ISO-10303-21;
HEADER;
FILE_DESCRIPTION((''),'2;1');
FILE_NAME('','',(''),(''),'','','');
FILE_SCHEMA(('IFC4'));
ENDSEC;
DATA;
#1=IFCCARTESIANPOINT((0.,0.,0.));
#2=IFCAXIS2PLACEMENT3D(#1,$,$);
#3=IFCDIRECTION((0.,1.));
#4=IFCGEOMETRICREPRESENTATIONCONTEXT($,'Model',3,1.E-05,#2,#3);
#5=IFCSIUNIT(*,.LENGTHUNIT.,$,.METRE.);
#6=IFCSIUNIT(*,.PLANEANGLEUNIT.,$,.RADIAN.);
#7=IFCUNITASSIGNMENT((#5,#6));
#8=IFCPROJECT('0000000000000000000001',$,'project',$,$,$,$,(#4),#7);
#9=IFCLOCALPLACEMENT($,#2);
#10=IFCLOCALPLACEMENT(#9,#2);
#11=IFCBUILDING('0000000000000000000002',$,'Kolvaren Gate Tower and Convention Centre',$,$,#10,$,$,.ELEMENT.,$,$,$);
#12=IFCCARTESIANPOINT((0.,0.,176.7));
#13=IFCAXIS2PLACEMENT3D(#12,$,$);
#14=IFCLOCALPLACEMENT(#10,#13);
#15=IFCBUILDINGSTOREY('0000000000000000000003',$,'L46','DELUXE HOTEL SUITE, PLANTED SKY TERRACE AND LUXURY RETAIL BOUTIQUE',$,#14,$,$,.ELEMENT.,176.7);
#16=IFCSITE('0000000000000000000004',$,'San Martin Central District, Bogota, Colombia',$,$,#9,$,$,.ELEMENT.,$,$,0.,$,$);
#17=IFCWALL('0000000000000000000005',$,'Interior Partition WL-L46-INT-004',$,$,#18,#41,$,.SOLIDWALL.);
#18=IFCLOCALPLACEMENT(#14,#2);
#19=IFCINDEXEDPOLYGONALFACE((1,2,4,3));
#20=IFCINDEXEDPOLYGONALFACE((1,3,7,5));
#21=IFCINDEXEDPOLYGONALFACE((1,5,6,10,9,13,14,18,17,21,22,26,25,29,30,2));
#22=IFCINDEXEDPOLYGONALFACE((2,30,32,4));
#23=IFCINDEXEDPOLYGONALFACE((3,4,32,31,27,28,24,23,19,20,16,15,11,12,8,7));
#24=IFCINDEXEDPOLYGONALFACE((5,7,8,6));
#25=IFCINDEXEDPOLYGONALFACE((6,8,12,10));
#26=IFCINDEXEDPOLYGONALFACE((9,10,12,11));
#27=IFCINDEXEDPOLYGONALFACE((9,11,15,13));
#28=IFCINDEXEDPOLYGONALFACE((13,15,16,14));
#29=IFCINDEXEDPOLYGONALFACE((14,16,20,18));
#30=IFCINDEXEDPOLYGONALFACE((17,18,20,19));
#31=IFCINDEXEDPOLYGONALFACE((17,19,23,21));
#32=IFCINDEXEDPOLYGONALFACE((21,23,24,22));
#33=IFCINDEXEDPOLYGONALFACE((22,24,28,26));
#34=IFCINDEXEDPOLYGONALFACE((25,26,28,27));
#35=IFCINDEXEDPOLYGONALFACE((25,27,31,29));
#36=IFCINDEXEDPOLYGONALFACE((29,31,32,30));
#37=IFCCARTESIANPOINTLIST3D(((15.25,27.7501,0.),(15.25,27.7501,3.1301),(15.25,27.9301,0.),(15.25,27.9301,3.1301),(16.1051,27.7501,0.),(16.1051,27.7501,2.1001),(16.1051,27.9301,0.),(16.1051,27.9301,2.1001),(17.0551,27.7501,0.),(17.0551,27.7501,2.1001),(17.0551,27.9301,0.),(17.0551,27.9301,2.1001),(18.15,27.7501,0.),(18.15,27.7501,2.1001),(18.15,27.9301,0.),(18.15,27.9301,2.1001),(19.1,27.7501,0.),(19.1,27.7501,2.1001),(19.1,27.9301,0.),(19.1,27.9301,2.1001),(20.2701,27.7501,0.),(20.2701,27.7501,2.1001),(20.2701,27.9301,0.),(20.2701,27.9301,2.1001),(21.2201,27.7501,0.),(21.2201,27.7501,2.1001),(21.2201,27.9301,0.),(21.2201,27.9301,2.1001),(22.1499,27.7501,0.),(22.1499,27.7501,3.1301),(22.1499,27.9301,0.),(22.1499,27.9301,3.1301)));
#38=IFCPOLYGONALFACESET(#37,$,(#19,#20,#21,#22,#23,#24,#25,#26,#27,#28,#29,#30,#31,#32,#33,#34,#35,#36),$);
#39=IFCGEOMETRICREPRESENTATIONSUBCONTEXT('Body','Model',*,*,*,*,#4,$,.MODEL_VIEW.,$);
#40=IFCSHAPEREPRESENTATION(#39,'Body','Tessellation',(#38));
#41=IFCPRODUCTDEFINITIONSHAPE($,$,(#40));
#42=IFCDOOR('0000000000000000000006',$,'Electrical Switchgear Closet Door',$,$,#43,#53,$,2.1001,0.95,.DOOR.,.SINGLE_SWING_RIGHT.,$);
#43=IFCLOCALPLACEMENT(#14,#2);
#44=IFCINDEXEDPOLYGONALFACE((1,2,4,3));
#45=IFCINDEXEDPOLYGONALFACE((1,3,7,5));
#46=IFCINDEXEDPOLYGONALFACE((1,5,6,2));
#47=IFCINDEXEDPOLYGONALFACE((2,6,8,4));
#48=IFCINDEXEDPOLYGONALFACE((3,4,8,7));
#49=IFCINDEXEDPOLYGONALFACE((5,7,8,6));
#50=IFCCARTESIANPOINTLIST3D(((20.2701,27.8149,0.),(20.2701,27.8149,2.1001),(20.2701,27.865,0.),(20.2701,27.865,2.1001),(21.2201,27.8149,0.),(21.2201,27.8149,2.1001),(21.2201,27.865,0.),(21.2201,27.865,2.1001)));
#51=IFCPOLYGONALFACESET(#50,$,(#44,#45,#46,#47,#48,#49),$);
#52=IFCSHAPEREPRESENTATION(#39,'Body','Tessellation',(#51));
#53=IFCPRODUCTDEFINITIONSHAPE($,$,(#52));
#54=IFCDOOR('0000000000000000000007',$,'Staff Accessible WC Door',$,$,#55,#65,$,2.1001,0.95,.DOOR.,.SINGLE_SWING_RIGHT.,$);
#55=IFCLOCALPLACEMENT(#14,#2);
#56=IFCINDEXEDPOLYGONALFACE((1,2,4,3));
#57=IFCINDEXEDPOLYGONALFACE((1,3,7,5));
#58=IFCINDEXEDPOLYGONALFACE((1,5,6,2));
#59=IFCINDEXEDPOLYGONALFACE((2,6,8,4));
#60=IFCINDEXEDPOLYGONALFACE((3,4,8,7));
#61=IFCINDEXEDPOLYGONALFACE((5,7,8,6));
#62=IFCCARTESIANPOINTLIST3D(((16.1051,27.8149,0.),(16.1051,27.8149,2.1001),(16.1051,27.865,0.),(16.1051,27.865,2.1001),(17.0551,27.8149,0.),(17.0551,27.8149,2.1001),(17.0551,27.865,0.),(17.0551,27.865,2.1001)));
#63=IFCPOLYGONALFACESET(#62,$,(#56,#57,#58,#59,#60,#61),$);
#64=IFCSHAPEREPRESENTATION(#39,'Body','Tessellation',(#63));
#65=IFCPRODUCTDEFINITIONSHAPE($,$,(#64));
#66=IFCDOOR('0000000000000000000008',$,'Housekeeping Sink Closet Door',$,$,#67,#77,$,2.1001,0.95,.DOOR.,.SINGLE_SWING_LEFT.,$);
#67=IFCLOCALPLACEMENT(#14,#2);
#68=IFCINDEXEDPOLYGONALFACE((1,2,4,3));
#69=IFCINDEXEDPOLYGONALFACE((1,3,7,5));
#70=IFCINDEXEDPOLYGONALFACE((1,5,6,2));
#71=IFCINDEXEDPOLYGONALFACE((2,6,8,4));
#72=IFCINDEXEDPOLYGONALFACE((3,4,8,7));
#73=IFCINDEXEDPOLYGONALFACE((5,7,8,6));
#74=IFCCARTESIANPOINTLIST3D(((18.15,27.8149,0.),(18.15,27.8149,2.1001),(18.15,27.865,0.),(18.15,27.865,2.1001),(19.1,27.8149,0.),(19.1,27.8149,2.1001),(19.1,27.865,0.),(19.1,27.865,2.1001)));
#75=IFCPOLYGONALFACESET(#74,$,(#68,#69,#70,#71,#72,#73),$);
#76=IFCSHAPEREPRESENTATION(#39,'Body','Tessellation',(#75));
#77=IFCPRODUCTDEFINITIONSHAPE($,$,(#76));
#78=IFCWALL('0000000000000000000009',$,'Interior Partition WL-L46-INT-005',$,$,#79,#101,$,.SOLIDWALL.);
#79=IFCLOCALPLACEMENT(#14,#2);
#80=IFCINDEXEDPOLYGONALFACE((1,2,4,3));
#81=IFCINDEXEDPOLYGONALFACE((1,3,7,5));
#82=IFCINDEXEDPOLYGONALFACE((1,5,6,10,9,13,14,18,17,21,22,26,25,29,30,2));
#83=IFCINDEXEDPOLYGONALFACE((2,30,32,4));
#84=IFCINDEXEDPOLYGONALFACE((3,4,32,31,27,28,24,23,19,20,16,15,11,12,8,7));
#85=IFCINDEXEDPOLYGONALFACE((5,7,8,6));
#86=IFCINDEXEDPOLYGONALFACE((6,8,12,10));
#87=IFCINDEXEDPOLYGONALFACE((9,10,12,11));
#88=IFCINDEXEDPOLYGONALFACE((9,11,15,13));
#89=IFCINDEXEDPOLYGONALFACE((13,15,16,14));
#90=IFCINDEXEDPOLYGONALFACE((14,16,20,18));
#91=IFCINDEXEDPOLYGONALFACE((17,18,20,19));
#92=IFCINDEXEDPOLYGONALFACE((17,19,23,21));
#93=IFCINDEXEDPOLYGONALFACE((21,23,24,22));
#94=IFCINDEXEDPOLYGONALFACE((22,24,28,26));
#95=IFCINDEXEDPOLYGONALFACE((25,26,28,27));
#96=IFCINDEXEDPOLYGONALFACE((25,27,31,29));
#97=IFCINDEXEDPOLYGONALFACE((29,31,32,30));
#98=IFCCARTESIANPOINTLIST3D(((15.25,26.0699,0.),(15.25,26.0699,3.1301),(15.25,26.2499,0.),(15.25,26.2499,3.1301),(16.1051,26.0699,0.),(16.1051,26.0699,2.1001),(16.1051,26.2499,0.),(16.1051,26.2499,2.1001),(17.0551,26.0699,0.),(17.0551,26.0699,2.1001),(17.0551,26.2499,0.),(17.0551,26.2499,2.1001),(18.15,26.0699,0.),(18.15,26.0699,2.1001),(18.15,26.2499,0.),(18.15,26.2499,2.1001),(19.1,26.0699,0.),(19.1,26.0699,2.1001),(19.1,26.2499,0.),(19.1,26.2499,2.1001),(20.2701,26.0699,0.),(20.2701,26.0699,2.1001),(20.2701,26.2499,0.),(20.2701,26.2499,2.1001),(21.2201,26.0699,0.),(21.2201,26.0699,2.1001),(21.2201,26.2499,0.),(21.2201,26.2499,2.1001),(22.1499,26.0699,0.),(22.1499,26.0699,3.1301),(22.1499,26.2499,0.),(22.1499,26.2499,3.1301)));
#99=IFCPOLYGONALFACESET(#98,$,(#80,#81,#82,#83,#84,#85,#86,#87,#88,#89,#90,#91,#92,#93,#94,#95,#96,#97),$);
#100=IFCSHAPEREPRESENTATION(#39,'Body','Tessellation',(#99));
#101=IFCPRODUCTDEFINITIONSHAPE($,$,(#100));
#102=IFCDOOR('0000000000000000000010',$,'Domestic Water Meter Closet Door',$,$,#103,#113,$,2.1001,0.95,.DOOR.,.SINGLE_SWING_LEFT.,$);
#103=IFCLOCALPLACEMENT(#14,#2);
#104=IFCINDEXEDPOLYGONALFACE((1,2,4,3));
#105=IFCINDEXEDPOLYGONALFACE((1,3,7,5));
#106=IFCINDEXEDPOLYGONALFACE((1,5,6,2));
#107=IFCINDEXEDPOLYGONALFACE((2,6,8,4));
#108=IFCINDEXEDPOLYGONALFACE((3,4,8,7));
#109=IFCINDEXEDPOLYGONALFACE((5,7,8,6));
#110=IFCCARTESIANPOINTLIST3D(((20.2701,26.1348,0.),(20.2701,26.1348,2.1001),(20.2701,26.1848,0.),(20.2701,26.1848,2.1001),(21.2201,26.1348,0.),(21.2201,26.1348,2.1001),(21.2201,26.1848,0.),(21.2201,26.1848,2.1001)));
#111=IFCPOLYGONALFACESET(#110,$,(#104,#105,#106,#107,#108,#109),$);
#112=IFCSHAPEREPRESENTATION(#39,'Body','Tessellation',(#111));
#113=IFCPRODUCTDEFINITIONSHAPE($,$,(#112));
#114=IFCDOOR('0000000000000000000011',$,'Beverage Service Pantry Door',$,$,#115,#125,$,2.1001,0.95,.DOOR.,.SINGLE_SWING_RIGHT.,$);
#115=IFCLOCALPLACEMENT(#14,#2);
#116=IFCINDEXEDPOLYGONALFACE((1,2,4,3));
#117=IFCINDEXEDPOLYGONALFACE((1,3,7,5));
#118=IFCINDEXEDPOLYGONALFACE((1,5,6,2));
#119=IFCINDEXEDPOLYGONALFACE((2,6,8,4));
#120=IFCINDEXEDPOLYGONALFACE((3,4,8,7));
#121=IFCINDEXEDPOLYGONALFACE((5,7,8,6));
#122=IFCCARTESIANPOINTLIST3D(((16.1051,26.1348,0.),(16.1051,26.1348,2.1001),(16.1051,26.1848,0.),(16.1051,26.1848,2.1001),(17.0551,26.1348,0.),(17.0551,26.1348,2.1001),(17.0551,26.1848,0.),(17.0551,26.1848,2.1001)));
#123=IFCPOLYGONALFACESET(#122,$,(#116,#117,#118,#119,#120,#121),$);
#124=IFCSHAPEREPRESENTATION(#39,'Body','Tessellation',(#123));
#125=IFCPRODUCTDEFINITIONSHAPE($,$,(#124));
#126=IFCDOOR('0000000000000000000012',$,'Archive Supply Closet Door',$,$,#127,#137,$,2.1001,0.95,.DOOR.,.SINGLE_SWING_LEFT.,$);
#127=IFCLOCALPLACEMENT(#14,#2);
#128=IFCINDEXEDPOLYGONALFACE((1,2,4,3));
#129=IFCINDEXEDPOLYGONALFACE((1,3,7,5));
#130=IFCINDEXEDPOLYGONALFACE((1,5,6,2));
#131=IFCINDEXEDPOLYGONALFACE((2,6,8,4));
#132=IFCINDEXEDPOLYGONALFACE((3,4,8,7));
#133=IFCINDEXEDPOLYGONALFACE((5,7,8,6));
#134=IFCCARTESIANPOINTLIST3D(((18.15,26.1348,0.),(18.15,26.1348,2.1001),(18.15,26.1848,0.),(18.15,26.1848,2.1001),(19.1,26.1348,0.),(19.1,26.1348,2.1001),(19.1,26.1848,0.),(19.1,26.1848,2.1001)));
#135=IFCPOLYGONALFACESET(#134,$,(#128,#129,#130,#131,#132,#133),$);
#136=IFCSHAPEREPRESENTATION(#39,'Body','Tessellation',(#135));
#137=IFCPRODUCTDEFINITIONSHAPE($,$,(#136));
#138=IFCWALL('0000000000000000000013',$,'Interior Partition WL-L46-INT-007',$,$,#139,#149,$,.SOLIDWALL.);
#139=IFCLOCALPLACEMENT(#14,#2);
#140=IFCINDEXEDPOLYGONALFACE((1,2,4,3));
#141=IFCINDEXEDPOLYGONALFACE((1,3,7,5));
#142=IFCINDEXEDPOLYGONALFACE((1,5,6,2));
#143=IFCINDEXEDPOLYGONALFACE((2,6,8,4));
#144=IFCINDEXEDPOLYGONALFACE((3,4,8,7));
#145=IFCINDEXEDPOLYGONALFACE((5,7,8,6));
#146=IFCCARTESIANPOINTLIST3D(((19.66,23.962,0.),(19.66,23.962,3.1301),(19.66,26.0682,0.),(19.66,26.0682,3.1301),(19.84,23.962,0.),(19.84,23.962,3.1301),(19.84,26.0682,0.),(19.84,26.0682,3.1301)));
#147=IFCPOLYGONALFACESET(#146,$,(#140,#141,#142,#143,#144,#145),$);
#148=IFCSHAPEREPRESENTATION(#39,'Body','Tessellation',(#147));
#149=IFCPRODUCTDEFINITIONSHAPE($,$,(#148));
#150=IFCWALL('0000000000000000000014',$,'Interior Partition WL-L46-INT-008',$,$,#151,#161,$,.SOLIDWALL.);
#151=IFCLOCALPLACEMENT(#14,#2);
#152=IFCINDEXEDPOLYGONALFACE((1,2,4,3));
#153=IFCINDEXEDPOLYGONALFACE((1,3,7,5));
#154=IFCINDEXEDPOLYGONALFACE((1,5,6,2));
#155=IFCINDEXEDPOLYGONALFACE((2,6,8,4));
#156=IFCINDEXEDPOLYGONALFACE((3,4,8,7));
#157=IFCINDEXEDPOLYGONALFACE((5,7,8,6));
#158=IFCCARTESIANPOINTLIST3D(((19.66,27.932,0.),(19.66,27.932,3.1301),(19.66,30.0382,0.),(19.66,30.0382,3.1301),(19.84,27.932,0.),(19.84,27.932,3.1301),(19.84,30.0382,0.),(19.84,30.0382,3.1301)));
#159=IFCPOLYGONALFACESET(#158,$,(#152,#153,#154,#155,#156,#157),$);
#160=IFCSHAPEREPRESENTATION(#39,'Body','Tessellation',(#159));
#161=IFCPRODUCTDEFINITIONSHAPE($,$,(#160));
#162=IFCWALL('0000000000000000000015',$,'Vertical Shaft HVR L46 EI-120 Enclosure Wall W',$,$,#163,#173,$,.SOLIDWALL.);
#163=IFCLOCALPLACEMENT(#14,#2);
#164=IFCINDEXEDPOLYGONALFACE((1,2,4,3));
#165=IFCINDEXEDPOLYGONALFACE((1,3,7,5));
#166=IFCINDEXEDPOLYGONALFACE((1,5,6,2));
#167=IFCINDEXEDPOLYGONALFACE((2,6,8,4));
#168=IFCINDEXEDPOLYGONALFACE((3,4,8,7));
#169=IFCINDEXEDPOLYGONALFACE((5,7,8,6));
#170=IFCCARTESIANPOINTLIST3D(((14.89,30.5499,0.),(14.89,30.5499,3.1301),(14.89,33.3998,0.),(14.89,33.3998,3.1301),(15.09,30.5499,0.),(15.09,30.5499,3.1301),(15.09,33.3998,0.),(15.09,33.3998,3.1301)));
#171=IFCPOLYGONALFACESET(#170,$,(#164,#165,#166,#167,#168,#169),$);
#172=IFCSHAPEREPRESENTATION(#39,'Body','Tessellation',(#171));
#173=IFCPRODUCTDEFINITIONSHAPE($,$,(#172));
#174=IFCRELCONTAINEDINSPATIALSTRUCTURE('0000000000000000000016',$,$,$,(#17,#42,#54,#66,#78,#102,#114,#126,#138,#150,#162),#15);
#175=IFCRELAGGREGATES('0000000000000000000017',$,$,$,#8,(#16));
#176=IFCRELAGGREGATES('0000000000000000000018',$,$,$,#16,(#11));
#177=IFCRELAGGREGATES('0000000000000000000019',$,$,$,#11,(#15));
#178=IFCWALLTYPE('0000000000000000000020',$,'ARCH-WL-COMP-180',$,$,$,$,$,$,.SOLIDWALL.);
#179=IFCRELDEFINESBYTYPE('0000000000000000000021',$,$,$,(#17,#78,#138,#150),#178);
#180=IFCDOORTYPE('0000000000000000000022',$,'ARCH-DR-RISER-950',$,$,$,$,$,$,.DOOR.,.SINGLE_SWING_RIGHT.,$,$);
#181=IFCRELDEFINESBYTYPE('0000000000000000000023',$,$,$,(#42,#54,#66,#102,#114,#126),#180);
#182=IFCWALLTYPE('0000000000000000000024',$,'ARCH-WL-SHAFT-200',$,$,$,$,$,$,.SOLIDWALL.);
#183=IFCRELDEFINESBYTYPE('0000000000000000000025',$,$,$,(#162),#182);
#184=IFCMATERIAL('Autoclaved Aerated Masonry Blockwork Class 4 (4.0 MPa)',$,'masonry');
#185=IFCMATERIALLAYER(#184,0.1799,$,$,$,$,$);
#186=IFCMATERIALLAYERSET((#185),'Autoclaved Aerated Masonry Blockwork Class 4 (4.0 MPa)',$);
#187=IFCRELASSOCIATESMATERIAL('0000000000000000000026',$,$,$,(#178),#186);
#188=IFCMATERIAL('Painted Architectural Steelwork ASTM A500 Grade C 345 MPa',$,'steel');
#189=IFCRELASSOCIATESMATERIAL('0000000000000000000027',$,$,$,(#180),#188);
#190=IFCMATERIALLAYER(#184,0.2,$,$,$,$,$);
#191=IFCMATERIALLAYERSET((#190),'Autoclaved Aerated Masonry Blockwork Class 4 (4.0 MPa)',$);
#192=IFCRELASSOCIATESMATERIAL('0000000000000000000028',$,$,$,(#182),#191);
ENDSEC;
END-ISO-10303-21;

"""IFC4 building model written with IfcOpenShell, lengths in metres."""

from ifc_helpers import new_model, si_unit, direction, frame, frame_2d, origin, place, context, subcontext, project, spatial, rectangle, extrude, material, layer, layer_set, type_object, element, fill, save


model = new_model("IFC4")

# Units and contexts
model_context = context("Model", 3, precision=1e-05, world=origin(), true_north=direction((0.0, 1.0)))
body_context = subcontext(model_context, "Body", "Model", "MODEL_VIEW")
ifc_project = project(units=[si_unit("LENGTHUNIT", "METRE"), si_unit("PLANEANGLEUNIT", "RADIAN")], contexts=[model_context])

# Site, building, storey
site_placement = place(None, origin())
site = spatial("IfcSite", under=ifc_project, at=site_placement, Name="San Martin Central District, Bogota, Colombia", CompositionType="ELEMENT", RefElevation=0.0)
building_placement = place(site_placement, origin())
building = spatial("IfcBuilding", under=site, at=building_placement, Name="Kolvaren Gate Tower and Convention Centre", CompositionType="ELEMENT")
storey_placement = place(building_placement, frame((0.0, 0.0, 176.7)))
storey = spatial("IfcBuildingStorey", under=building, at=storey_placement, Name="L46", Description="DELUXE HOTEL SUITE, PLANTED SKY TERRACE AND LUXURY RETAIL BOUTIQUE", CompositionType="ELEMENT", Elevation=176.7)

# Walls, openings, doors
ifc_material_1 = material(Name="Autoclaved Aerated Masonry Blockwork Class 4 (4.0 MPa)", Category="masonry")
ifc_layer_1 = layer(ifc_material_1, 0.1799)
ifc_layer_set_1 = layer_set([ifc_layer_1], Name="Autoclaved Aerated Masonry Blockwork Class 4 (4.0 MPa)")
wall_type_1 = type_object("IfcWallType", Name="ARCH-WL-COMP-180", PredefinedType="SOLIDWALL", material=ifc_layer_set_1)
wall_1_placement = place(storey_placement, frame((15.25, 27.8401, 0.0), z_axis=(0.0, 0.0, 1.0), x_axis=(1.0, 0.0, 0.0)))
wall_1 = element("IfcWall", 1, at=wall_1_placement, inside=storey, type_object=wall_type_1, Name="Interior Partition WL-L46-INT-004", PredefinedType="SOLIDWALL", context=body_context, shape_type="SweptSolid", body=[
    extrude(rectangle(XDim=6.8999, YDim=0.1799, at=frame_2d((3.45, 0.0))), origin(), (0.0, 0.0, 1.0), 3.1301),
])
opening_1_placement = place(wall_1_placement, frame((5.02, 0.0, 0.0)))
opening_1 = element("IfcOpeningElement", 2, at=opening_1_placement, cuts=wall_1, PredefinedType="OPENING", context=body_context, shape_type="SweptSolid", body=[
    extrude(rectangle(XDim=0.95, YDim=2.1001, at=frame_2d((0.4751, 1.05))), frame((0.0, 0.0999, 0.0), z_axis=(0.0, -1.0, 0.0), x_axis=(1.0, 0.0, 0.0)), (0.0, 0.0, 1.0), 0.2),
])
opening_2_placement = place(wall_1_placement, frame((0.855, 0.0, 0.0)))
opening_2 = element("IfcOpeningElement", 3, at=opening_2_placement, cuts=wall_1, PredefinedType="OPENING", context=body_context, shape_type="SweptSolid", body=[
    extrude(rectangle(XDim=0.95, YDim=2.1001, at=frame_2d((0.4751, 1.05))), frame((0.0, 0.0999, 0.0), z_axis=(0.0, -1.0, 0.0), x_axis=(1.0, 0.0, 0.0)), (0.0, 0.0, 1.0), 0.2),
])
opening_3_placement = place(wall_1_placement, frame((2.8999, 0.0, 0.0)))
opening_3 = element("IfcOpeningElement", 4, at=opening_3_placement, cuts=wall_1, PredefinedType="OPENING", context=body_context, shape_type="SweptSolid", body=[
    extrude(rectangle(XDim=0.95, YDim=2.1001, at=frame_2d((0.4751, 1.05))), frame((0.0, 0.0999, 0.0), z_axis=(0.0, -1.0, 0.0), x_axis=(1.0, 0.0, 0.0)), (0.0, 0.0, 1.0), 0.2),
])
ifc_material_2 = material(Name="Painted Architectural Steelwork ASTM A500 Grade C 345 MPa", Category="steel")
door_type = type_object("IfcDoorType", Name="ARCH-DR-RISER-950", OperationType="SINGLE_SWING_RIGHT", PredefinedType="DOOR", material=ifc_material_2)
door_1_placement = place(opening_1_placement, origin())
door_1 = element("IfcDoor", 5, at=door_1_placement, inside=storey, type_object=door_type, Name="Electrical Switchgear Closet Door", OperationType="SINGLE_SWING_RIGHT", OverallHeight=2.1001, OverallWidth=0.95, PredefinedType="DOOR", context=body_context, shape_type="SweptSolid", body=[
    extrude(rectangle(XDim=0.95, YDim=2.1001, at=frame_2d((0.4751, 1.05))), frame((0.0, 0.0249, 0.0), z_axis=(0.0, -1.0, 0.0), x_axis=(1.0, 0.0, 0.0)), (0.0, 0.0, 1.0), 0.05),
])
fill(opening_1, door_1)
door_2_placement = place(opening_2_placement, origin())
door_2 = element("IfcDoor", 6, at=door_2_placement, inside=storey, type_object=door_type, Name="Staff Accessible WC Door", OperationType="SINGLE_SWING_RIGHT", OverallHeight=2.1001, OverallWidth=0.95, PredefinedType="DOOR", context=body_context, shape_type="SweptSolid", body=[
    extrude(rectangle(XDim=0.95, YDim=2.1001, at=frame_2d((0.4751, 1.05))), frame((0.0, 0.0249, 0.0), z_axis=(0.0, -1.0, 0.0), x_axis=(1.0, 0.0, 0.0)), (0.0, 0.0, 1.0), 0.05),
])
fill(opening_2, door_2)
door_3_placement = place(opening_3_placement, origin())
door_3 = element("IfcDoor", 7, at=door_3_placement, inside=storey, type_object=door_type, Name="Housekeeping Sink Closet Door", OperationType="SINGLE_SWING_LEFT", OverallHeight=2.1001, OverallWidth=0.95, PredefinedType="DOOR", context=body_context, shape_type="SweptSolid", body=[
    extrude(rectangle(XDim=0.95, YDim=2.1001, at=frame_2d((0.4751, 1.05))), frame((0.0, 0.0249, 0.0), z_axis=(0.0, -1.0, 0.0), x_axis=(1.0, 0.0, 0.0)), (0.0, 0.0, 1.0), 0.05),
])
fill(opening_3, door_3)
wall_2_placement = place(storey_placement, frame((15.25, 26.1599, 0.0), z_axis=(0.0, 0.0, 1.0), x_axis=(1.0, 0.0, 0.0)))
wall_2 = element("IfcWall", 8, at=wall_2_placement, inside=storey, type_object=wall_type_1, Name="Interior Partition WL-L46-INT-005", PredefinedType="SOLIDWALL", context=body_context, shape_type="SweptSolid", body=[
    extrude(rectangle(XDim=6.8999, YDim=0.1799, at=frame_2d((3.45, 0.0))), origin(), (0.0, 0.0, 1.0), 3.1301),
])
opening_4_placement = place(wall_2_placement, frame((5.02, 0.0, 0.0)))
opening_4 = element("IfcOpeningElement", 9, at=opening_4_placement, cuts=wall_2, PredefinedType="OPENING", context=body_context, shape_type="SweptSolid", body=[
    extrude(rectangle(XDim=0.95, YDim=2.1001, at=frame_2d((0.4751, 1.05))), frame((0.0, 0.0999, 0.0), z_axis=(0.0, -1.0, 0.0), x_axis=(1.0, 0.0, 0.0)), (0.0, 0.0, 1.0), 0.2),
])
opening_5_placement = place(wall_2_placement, frame((0.855, 0.0, 0.0)))
opening_5 = element("IfcOpeningElement", 10, at=opening_5_placement, cuts=wall_2, PredefinedType="OPENING", context=body_context, shape_type="SweptSolid", body=[
    extrude(rectangle(XDim=0.95, YDim=2.1001, at=frame_2d((0.4751, 1.05))), frame((0.0, 0.0999, 0.0), z_axis=(0.0, -1.0, 0.0), x_axis=(1.0, 0.0, 0.0)), (0.0, 0.0, 1.0), 0.2),
])
opening_6_placement = place(wall_2_placement, frame((2.8999, 0.0, 0.0)))
opening_6 = element("IfcOpeningElement", 11, at=opening_6_placement, cuts=wall_2, PredefinedType="OPENING", context=body_context, shape_type="SweptSolid", body=[
    extrude(rectangle(XDim=0.95, YDim=2.1001, at=frame_2d((0.4751, 1.05))), frame((0.0, 0.0999, 0.0), z_axis=(0.0, -1.0, 0.0), x_axis=(1.0, 0.0, 0.0)), (0.0, 0.0, 1.0), 0.2),
])
door_4_placement = place(opening_4_placement, origin())
door_4 = element("IfcDoor", 12, at=door_4_placement, inside=storey, type_object=door_type, Name="Domestic Water Meter Closet Door", OperationType="SINGLE_SWING_LEFT", OverallHeight=2.1001, OverallWidth=0.95, PredefinedType="DOOR", context=body_context, shape_type="SweptSolid", body=[
    extrude(rectangle(XDim=0.95, YDim=2.1001, at=frame_2d((0.4751, 1.05))), frame((0.0, 0.0249, 0.0), z_axis=(0.0, -1.0, 0.0), x_axis=(1.0, 0.0, 0.0)), (0.0, 0.0, 1.0), 0.05),
])
fill(opening_4, door_4)
door_5_placement = place(opening_5_placement, origin())
door_5 = element("IfcDoor", 13, at=door_5_placement, inside=storey, type_object=door_type, Name="Beverage Service Pantry Door", OperationType="SINGLE_SWING_RIGHT", OverallHeight=2.1001, OverallWidth=0.95, PredefinedType="DOOR", context=body_context, shape_type="SweptSolid", body=[
    extrude(rectangle(XDim=0.95, YDim=2.1001, at=frame_2d((0.4751, 1.05))), frame((0.0, 0.0249, 0.0), z_axis=(0.0, -1.0, 0.0), x_axis=(1.0, 0.0, 0.0)), (0.0, 0.0, 1.0), 0.05),
])
fill(opening_5, door_5)
door_6_placement = place(opening_6_placement, origin())
door_6 = element("IfcDoor", 14, at=door_6_placement, inside=storey, type_object=door_type, Name="Archive Supply Closet Door", OperationType="SINGLE_SWING_LEFT", OverallHeight=2.1001, OverallWidth=0.95, PredefinedType="DOOR", context=body_context, shape_type="SweptSolid", body=[
    extrude(rectangle(XDim=0.95, YDim=2.1001, at=frame_2d((0.4751, 1.05))), frame((0.0, 0.0249, 0.0), z_axis=(0.0, -1.0, 0.0), x_axis=(1.0, 0.0, 0.0)), (0.0, 0.0, 1.0), 0.05),
])
fill(opening_6, door_6)

# Walls
for number, where, z_axis, x_axis, name in (
    (15, (19.75, 23.9619, 0.0), (0.0, 0.0, 1.0), (0.0, 1.0, 0.0), "Interior Partition WL-L46-INT-007"),
    (16, (19.75, 27.9319, 0.0), (0.0, 0.0, 1.0), (0.0, 1.0, 0.0), "Interior Partition WL-L46-INT-008"),
):
    element("IfcWall", number, at=place(storey_placement, frame(where, z_axis=z_axis, x_axis=x_axis)), inside=storey, type_object=wall_type_1, Name=name, PredefinedType="SOLIDWALL", context=body_context, shape_type="SweptSolid", body=[
        extrude(rectangle(XDim=2.1062, YDim=0.1799, at=frame_2d((1.0532, 0.0))), origin(), (0.0, 0.0, 1.0), 3.1301),
    ])
ifc_layer_2 = layer(ifc_material_1, 0.2)
ifc_layer_set_2 = layer_set([ifc_layer_2], Name="Autoclaved Aerated Masonry Blockwork Class 4 (4.0 MPa)")
wall_type_2 = type_object("IfcWallType", Name="ARCH-WL-SHAFT-200", PredefinedType="SOLIDWALL", material=ifc_layer_set_2)
wall_3_placement = place(storey_placement, frame((14.99, 30.55, 0.0), z_axis=(0.0, 0.0, 1.0), x_axis=(0.0, 1.0, 0.0)))
element("IfcWall", 17, at=wall_3_placement, inside=storey, type_object=wall_type_2, Name="Vertical Shaft HVR L46 EI-120 Enclosure Wall W", PredefinedType="SOLIDWALL", context=body_context, shape_type="SweptSolid", body=[
    extrude(rectangle(XDim=2.8499, YDim=0.2, at=frame_2d((1.4248, 0.0))), origin(), (0.0, 0.0, 1.0), 3.1301),
])

save(model, "model.ifc")
